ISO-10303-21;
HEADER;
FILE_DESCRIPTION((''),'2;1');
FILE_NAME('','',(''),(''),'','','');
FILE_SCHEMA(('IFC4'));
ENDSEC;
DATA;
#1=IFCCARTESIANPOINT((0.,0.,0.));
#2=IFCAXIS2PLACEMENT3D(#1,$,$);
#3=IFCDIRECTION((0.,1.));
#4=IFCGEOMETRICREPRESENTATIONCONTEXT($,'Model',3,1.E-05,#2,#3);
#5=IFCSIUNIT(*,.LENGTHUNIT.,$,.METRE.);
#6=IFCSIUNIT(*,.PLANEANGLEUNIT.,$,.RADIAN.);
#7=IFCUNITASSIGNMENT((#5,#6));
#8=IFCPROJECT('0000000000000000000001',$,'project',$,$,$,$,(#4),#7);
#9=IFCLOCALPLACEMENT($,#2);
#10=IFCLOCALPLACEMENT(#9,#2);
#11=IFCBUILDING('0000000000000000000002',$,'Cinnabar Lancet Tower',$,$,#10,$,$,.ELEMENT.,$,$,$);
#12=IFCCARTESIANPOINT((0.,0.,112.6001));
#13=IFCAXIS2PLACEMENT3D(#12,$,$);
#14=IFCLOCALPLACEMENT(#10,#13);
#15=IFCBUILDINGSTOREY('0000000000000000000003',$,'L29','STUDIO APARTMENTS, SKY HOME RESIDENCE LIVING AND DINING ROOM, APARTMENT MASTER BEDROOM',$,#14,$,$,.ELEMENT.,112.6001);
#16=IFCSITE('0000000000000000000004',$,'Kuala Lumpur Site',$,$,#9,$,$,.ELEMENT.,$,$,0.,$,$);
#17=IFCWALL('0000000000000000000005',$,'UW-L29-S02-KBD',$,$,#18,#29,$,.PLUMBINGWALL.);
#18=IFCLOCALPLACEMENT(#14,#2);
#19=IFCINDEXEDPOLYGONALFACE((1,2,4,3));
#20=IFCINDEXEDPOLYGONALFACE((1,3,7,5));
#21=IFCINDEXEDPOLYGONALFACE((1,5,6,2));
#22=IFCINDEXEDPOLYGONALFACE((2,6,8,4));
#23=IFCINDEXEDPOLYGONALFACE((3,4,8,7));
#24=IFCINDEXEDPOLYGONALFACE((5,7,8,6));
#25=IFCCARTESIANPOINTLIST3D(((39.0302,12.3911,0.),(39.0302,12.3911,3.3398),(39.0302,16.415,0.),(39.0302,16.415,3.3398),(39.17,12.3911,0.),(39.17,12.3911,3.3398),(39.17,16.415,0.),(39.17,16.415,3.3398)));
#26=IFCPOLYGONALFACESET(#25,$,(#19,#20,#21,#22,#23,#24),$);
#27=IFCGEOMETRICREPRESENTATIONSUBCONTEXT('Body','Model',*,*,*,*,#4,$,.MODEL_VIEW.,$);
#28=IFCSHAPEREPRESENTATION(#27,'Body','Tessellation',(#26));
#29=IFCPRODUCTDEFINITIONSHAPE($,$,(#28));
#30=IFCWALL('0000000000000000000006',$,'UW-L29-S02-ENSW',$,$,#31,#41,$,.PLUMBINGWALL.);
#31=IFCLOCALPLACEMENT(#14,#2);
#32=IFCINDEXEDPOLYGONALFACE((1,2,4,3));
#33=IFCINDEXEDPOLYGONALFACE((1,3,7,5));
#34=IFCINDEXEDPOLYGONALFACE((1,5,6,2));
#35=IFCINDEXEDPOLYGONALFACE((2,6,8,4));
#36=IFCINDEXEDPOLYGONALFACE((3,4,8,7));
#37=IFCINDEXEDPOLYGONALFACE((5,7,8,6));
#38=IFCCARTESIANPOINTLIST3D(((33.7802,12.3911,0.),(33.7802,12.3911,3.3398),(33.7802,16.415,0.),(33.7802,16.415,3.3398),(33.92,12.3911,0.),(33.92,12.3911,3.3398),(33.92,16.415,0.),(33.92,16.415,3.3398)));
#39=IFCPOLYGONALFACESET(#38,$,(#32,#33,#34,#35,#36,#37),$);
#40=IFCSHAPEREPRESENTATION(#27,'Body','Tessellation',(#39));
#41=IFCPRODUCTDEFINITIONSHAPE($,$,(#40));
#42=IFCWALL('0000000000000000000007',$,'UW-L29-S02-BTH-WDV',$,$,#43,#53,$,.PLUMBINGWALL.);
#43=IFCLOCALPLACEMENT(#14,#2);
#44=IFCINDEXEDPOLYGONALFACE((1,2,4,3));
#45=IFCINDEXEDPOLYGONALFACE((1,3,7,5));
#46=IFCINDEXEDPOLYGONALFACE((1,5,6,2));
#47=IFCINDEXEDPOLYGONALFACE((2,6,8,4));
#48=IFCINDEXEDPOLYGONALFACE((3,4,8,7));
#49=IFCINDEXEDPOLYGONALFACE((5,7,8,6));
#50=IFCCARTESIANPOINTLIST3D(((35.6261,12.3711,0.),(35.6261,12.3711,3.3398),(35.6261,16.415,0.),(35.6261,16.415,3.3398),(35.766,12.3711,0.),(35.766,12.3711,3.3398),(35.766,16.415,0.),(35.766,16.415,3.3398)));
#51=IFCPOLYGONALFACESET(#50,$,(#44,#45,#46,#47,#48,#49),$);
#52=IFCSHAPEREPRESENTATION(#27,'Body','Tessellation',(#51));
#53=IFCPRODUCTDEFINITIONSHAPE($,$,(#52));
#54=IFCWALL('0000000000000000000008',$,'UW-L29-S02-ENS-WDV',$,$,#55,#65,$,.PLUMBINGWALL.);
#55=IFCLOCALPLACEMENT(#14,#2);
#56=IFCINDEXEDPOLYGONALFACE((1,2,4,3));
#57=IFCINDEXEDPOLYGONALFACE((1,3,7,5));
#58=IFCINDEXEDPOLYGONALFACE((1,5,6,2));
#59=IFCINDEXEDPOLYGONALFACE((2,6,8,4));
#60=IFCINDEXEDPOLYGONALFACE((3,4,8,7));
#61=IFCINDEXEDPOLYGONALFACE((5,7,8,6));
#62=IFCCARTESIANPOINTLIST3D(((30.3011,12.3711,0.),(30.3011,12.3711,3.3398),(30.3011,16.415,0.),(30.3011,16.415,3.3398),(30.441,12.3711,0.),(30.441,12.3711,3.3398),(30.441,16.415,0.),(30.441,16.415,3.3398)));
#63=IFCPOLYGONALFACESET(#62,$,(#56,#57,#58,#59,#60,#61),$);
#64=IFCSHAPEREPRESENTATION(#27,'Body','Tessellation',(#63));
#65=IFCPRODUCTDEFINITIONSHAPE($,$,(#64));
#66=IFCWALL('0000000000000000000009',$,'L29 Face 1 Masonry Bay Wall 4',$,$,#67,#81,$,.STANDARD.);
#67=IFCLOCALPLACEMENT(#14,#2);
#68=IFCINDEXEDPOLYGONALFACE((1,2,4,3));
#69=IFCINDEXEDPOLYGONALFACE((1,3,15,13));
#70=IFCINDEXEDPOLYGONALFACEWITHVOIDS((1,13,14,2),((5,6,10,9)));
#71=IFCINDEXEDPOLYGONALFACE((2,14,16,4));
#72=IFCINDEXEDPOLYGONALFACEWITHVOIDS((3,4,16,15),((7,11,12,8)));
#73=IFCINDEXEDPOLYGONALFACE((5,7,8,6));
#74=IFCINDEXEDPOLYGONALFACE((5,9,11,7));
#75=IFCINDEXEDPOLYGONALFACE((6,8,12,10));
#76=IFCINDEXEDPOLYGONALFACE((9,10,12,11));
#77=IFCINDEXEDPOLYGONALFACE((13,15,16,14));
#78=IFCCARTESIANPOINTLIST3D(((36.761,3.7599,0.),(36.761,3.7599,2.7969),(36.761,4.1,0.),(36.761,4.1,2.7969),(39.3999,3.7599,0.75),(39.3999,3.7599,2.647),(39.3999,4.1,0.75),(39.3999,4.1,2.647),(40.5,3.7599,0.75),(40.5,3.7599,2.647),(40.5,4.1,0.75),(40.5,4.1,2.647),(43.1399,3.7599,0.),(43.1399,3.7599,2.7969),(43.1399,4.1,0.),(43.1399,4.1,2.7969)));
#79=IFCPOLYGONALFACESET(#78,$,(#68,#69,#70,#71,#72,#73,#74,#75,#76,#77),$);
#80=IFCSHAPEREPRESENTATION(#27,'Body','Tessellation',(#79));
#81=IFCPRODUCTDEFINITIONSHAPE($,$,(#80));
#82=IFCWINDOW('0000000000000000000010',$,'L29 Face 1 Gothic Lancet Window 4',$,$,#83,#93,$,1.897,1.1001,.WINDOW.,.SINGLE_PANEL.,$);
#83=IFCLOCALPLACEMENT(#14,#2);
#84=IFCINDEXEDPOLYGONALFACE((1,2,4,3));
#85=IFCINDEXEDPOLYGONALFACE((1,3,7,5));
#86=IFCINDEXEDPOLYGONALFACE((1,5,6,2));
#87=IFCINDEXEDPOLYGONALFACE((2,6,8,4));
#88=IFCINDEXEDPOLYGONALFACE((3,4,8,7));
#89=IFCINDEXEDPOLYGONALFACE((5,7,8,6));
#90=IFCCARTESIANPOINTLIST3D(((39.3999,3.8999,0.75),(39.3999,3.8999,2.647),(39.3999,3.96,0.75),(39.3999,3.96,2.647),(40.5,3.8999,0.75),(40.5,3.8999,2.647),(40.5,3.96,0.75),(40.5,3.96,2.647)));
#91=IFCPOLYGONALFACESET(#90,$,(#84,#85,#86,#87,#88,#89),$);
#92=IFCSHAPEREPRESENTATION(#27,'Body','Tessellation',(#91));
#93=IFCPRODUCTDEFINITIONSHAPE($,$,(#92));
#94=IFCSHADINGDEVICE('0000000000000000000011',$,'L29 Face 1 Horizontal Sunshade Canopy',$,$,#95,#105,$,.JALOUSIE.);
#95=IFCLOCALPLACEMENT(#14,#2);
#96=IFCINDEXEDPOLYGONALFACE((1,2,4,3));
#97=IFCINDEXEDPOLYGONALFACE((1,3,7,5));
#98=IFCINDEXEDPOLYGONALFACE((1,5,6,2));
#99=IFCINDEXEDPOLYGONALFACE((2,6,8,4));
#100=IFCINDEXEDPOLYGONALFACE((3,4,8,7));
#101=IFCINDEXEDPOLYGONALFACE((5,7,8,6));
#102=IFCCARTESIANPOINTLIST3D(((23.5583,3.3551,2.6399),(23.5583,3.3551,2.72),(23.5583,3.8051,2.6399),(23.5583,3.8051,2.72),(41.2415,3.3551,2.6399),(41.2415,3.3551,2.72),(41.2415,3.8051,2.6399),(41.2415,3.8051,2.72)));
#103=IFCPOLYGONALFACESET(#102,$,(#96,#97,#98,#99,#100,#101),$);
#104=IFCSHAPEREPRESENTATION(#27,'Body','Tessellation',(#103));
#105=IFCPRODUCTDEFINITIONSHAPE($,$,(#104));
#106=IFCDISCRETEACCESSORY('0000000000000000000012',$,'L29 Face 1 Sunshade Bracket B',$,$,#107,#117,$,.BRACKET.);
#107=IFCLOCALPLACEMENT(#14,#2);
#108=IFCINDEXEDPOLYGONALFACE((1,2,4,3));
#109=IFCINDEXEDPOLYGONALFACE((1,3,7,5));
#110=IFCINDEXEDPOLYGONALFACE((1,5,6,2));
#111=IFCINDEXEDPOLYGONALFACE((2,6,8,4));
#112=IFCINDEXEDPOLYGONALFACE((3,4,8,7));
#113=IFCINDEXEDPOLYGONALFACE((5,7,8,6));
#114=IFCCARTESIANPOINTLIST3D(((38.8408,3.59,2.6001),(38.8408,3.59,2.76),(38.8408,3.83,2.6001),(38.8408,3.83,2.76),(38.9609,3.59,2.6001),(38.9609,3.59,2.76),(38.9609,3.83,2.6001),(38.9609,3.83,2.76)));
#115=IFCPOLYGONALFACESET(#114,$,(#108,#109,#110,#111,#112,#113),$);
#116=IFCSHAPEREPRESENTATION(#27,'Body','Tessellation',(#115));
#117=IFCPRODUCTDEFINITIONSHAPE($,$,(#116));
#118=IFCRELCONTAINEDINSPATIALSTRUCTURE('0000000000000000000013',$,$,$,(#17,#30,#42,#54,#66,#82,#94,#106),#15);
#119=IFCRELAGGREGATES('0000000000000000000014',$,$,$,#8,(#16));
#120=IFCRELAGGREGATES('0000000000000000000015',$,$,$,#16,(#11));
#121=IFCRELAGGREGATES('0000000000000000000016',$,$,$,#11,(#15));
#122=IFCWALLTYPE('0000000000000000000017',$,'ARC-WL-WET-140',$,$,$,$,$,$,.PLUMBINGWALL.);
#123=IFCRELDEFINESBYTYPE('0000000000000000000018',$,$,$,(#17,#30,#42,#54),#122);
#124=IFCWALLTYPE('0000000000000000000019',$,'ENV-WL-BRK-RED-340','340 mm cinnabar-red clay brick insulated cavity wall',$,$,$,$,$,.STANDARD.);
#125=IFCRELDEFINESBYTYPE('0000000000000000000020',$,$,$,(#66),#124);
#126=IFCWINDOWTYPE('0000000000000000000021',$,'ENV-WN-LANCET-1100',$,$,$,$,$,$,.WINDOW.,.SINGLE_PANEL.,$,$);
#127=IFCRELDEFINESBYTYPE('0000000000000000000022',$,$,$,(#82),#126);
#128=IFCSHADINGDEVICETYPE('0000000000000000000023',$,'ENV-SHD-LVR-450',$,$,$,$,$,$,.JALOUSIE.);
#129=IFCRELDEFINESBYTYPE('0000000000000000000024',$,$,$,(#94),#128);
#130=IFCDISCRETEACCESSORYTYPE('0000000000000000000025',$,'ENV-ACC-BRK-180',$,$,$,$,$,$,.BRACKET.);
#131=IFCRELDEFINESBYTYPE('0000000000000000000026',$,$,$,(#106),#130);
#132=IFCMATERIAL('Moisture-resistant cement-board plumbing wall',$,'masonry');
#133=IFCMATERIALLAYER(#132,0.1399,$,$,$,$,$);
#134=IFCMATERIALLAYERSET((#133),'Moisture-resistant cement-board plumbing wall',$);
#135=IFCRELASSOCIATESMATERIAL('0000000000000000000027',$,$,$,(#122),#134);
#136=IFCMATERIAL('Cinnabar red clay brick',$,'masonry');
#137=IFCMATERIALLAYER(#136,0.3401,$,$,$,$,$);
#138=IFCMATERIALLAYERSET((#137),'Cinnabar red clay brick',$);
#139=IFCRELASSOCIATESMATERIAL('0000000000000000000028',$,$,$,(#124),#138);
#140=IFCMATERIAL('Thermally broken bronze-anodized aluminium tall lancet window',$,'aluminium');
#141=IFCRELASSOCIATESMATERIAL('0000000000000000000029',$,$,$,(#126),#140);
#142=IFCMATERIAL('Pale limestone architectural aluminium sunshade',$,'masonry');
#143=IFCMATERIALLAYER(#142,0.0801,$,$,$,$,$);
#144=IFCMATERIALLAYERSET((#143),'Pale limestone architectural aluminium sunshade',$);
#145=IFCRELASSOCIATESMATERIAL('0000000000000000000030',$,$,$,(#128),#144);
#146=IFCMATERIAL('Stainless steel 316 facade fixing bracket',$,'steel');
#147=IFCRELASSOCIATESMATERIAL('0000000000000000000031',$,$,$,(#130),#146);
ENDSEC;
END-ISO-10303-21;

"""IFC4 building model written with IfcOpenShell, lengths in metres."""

from ifc_helpers import new_model, si_unit, direction, frame, frame_2d, origin, origin_2d, place, context, subcontext, project, spatial, rectangle, extrude, material, layer, layer_set, type_object, element, fill, save


model = new_model("IFC4")

# Units and contexts
model_context = context("Model", 3, precision=1e-05, world=origin(), true_north=direction((0.0, 1.0)))
body_context = subcontext(model_context, "Body", "Model", "MODEL_VIEW")
ifc_project = project(units=[si_unit("LENGTHUNIT", "METRE"), si_unit("PLANEANGLEUNIT", "RADIAN")], contexts=[model_context])

# Site, building, storey
site_placement = place(None, origin())
site = spatial("IfcSite", under=ifc_project, at=site_placement, Name="Kuala Lumpur Site", CompositionType="ELEMENT", RefElevation=0.0)
building_placement = place(site_placement, origin())
building = spatial("IfcBuilding", under=site, at=building_placement, Name="Cinnabar Lancet Tower", CompositionType="ELEMENT")
storey_placement = place(building_placement, frame((0.0, 0.0, 112.6001)))
storey = spatial("IfcBuildingStorey", under=building, at=storey_placement, Name="L29", Description="STUDIO APARTMENTS, SKY HOME RESIDENCE LIVING AND DINING ROOM, APARTMENT MASTER BEDROOM", CompositionType="ELEMENT", Elevation=112.6001)

# Shared definitions
ifc_material_1 = material(Name="Moisture-resistant cement-board plumbing wall", Category="masonry")
ifc_layer_1 = layer(ifc_material_1, 0.1399)
ifc_layer_set_1 = layer_set([ifc_layer_1], Name="Moisture-resistant cement-board plumbing wall")
wall_type_1 = type_object("IfcWallType", Name="ARC-WL-WET-140", PredefinedType="PLUMBINGWALL", material=ifc_layer_set_1)

# Walls
for number, where, z_axis, x_axis, name in (
    (1, (39.1001, 12.3911, 0.0), (0.0, 0.0, 1.0), (0.0, 1.0, 0.0), "UW-L29-S02-KBD"),
    (2, (33.8501, 12.3911, 0.0), (0.0, 0.0, 1.0), (0.0, 1.0, 0.0), "UW-L29-S02-ENSW"),
):
    element("IfcWall", number, at=place(storey_placement, frame(where, z_axis=z_axis, x_axis=x_axis)), inside=storey, type_object=wall_type_1, Name=name, PredefinedType="PLUMBINGWALL", context=body_context, shape_type="SweptSolid", body=[
        extrude(rectangle(XDim=4.0239, YDim=0.1399, at=frame_2d((2.012, 0.0))), origin(), (0.0, 0.0, 1.0), 3.3398),
    ])
for number, where, z_axis, x_axis, name in (
    (3, (35.696, 12.3711, 0.0), (0.0, 0.0, 1.0), (0.0, 1.0, 0.0), "UW-L29-S02-BTH-WDV"),
    (4, (30.3711, 12.3711, 0.0), (0.0, 0.0, 1.0), (0.0, 1.0, 0.0), "UW-L29-S02-ENS-WDV"),
):
    element("IfcWall", number, at=place(storey_placement, frame(where, z_axis=z_axis, x_axis=x_axis)), inside=storey, type_object=wall_type_1, Name=name, PredefinedType="PLUMBINGWALL", context=body_context, shape_type="SweptSolid", body=[
        extrude(rectangle(XDim=4.0439, YDim=0.1399, at=frame_2d((2.022, 0.0))), origin(), (0.0, 0.0, 1.0), 3.3398),
    ])

# Wall, opening, window
ifc_material_2 = material(Name="Cinnabar red clay brick", Category="masonry")
ifc_layer_2 = layer(ifc_material_2, 0.3401)
ifc_layer_set_2 = layer_set([ifc_layer_2], Name="Cinnabar red clay brick")
wall_type_2 = type_object("IfcWallType", Name="ENV-WL-BRK-RED-340", Description="340 mm cinnabar-red clay brick insulated cavity wall", PredefinedType="STANDARD", material=ifc_layer_set_2)
wall_1_placement = place(storey_placement, frame((36.761, 3.9299, 0.0), z_axis=(0.0, 0.0, 1.0), x_axis=(1.0, 0.0, 0.0)))
wall_1 = element("IfcWall", 5, at=wall_1_placement, inside=storey, type_object=wall_type_2, Name="L29 Face 1 Masonry Bay Wall 4", PredefinedType="STANDARD", context=body_context, shape_type="SweptSolid", body=[
    extrude(rectangle(XDim=6.3789, YDim=0.3401, at=frame_2d((3.1895, 0.0))), origin(), (0.0, 0.0, 1.0), 2.7969),
])
opening_1_placement = place(wall_1_placement, frame((2.6389, 0.0, 0.75)))
opening_1 = element("IfcOpeningElement", 6, at=opening_1_placement, cuts=wall_1, PredefinedType="OPENING", context=body_context, shape_type="SweptSolid", body=[
    extrude(rectangle(XDim=1.1001, YDim=1.897, at=frame_2d((0.55, 0.9485))), frame((0.0, 0.1799, 0.0), z_axis=(0.0, -1.0, 0.0), x_axis=(1.0, 0.0, 0.0)), (0.0, 0.0, 1.0), 0.3601),
])
ifc_material_3 = material(Name="Thermally broken bronze-anodized aluminium tall lancet window", Category="aluminium")
window_type = type_object("IfcWindowType", Name="ENV-WN-LANCET-1100", PartitioningType="SINGLE_PANEL", PredefinedType="WINDOW", material=ifc_material_3)
window_placement = place(opening_1_placement, origin())
window = element("IfcWindow", 7, at=window_placement, inside=storey, type_object=window_type, Name="L29 Face 1 Gothic Lancet Window 4", OverallHeight=1.897, OverallWidth=1.1001, PartitioningType="SINGLE_PANEL", PredefinedType="WINDOW", context=body_context, shape_type="SweptSolid", body=[
    extrude(rectangle(XDim=1.1001, YDim=1.897, at=frame_2d((0.55, 0.9485))), frame((0.0, 0.03, 0.0), z_axis=(0.0, -1.0, 0.0), x_axis=(1.0, 0.0, 0.0)), (0.0, 0.0, 1.0), 0.0601),
])
fill(opening_1, window)

# Shading device
ifc_material_4 = material(Name="Pale limestone architectural aluminium sunshade", Category="masonry")
ifc_layer_3 = layer(ifc_material_4, 0.0801)
ifc_layer_set_3 = layer_set([ifc_layer_3], Name="Pale limestone architectural aluminium sunshade")
shading_device_type = type_object("IfcShadingDeviceType", Name="ENV-SHD-LVR-450", PredefinedType="JALOUSIE", material=ifc_layer_set_3)
shading_device_placement = place(storey_placement, frame((32.3999, 3.5801, 2.6399), z_axis=(0.0, 0.0, 1.0), x_axis=(1.0, 0.0, 0.0)))
element("IfcShadingDevice", 8, at=shading_device_placement, inside=storey, type_object=shading_device_type, Name="L29 Face 1 Horizontal Sunshade Canopy", PredefinedType="JALOUSIE", context=body_context, shape_type="SweptSolid", body=[
    extrude(rectangle(XDim=17.6831, YDim=0.45, at=origin_2d()), origin(), (0.0, 0.0, 1.0), 0.0801),
])

# Discrete accessory
ifc_material_5 = material(Name="Stainless steel 316 facade fixing bracket", Category="steel")
discrete_accessory_type = type_object("IfcDiscreteAccessoryType", Name="ENV-ACC-BRK-180", PredefinedType="BRACKET", material=ifc_material_5)
discrete_accessory_placement = place(storey_placement, frame((38.9009, 3.71, 2.6001), z_axis=(0.0, 0.0, 1.0), x_axis=(1.0, 0.0, 0.0)))
element("IfcDiscreteAccessory", 9, at=discrete_accessory_placement, inside=storey, type_object=discrete_accessory_type, Name="L29 Face 1 Sunshade Bracket B", PredefinedType="BRACKET", context=body_context, shape_type="SweptSolid", body=[
    extrude(rectangle(XDim=0.1201, YDim=0.24, at=origin_2d()), origin(), (0.0, 0.0, 1.0), 0.1599),
])

save(model, "model.ifc")
